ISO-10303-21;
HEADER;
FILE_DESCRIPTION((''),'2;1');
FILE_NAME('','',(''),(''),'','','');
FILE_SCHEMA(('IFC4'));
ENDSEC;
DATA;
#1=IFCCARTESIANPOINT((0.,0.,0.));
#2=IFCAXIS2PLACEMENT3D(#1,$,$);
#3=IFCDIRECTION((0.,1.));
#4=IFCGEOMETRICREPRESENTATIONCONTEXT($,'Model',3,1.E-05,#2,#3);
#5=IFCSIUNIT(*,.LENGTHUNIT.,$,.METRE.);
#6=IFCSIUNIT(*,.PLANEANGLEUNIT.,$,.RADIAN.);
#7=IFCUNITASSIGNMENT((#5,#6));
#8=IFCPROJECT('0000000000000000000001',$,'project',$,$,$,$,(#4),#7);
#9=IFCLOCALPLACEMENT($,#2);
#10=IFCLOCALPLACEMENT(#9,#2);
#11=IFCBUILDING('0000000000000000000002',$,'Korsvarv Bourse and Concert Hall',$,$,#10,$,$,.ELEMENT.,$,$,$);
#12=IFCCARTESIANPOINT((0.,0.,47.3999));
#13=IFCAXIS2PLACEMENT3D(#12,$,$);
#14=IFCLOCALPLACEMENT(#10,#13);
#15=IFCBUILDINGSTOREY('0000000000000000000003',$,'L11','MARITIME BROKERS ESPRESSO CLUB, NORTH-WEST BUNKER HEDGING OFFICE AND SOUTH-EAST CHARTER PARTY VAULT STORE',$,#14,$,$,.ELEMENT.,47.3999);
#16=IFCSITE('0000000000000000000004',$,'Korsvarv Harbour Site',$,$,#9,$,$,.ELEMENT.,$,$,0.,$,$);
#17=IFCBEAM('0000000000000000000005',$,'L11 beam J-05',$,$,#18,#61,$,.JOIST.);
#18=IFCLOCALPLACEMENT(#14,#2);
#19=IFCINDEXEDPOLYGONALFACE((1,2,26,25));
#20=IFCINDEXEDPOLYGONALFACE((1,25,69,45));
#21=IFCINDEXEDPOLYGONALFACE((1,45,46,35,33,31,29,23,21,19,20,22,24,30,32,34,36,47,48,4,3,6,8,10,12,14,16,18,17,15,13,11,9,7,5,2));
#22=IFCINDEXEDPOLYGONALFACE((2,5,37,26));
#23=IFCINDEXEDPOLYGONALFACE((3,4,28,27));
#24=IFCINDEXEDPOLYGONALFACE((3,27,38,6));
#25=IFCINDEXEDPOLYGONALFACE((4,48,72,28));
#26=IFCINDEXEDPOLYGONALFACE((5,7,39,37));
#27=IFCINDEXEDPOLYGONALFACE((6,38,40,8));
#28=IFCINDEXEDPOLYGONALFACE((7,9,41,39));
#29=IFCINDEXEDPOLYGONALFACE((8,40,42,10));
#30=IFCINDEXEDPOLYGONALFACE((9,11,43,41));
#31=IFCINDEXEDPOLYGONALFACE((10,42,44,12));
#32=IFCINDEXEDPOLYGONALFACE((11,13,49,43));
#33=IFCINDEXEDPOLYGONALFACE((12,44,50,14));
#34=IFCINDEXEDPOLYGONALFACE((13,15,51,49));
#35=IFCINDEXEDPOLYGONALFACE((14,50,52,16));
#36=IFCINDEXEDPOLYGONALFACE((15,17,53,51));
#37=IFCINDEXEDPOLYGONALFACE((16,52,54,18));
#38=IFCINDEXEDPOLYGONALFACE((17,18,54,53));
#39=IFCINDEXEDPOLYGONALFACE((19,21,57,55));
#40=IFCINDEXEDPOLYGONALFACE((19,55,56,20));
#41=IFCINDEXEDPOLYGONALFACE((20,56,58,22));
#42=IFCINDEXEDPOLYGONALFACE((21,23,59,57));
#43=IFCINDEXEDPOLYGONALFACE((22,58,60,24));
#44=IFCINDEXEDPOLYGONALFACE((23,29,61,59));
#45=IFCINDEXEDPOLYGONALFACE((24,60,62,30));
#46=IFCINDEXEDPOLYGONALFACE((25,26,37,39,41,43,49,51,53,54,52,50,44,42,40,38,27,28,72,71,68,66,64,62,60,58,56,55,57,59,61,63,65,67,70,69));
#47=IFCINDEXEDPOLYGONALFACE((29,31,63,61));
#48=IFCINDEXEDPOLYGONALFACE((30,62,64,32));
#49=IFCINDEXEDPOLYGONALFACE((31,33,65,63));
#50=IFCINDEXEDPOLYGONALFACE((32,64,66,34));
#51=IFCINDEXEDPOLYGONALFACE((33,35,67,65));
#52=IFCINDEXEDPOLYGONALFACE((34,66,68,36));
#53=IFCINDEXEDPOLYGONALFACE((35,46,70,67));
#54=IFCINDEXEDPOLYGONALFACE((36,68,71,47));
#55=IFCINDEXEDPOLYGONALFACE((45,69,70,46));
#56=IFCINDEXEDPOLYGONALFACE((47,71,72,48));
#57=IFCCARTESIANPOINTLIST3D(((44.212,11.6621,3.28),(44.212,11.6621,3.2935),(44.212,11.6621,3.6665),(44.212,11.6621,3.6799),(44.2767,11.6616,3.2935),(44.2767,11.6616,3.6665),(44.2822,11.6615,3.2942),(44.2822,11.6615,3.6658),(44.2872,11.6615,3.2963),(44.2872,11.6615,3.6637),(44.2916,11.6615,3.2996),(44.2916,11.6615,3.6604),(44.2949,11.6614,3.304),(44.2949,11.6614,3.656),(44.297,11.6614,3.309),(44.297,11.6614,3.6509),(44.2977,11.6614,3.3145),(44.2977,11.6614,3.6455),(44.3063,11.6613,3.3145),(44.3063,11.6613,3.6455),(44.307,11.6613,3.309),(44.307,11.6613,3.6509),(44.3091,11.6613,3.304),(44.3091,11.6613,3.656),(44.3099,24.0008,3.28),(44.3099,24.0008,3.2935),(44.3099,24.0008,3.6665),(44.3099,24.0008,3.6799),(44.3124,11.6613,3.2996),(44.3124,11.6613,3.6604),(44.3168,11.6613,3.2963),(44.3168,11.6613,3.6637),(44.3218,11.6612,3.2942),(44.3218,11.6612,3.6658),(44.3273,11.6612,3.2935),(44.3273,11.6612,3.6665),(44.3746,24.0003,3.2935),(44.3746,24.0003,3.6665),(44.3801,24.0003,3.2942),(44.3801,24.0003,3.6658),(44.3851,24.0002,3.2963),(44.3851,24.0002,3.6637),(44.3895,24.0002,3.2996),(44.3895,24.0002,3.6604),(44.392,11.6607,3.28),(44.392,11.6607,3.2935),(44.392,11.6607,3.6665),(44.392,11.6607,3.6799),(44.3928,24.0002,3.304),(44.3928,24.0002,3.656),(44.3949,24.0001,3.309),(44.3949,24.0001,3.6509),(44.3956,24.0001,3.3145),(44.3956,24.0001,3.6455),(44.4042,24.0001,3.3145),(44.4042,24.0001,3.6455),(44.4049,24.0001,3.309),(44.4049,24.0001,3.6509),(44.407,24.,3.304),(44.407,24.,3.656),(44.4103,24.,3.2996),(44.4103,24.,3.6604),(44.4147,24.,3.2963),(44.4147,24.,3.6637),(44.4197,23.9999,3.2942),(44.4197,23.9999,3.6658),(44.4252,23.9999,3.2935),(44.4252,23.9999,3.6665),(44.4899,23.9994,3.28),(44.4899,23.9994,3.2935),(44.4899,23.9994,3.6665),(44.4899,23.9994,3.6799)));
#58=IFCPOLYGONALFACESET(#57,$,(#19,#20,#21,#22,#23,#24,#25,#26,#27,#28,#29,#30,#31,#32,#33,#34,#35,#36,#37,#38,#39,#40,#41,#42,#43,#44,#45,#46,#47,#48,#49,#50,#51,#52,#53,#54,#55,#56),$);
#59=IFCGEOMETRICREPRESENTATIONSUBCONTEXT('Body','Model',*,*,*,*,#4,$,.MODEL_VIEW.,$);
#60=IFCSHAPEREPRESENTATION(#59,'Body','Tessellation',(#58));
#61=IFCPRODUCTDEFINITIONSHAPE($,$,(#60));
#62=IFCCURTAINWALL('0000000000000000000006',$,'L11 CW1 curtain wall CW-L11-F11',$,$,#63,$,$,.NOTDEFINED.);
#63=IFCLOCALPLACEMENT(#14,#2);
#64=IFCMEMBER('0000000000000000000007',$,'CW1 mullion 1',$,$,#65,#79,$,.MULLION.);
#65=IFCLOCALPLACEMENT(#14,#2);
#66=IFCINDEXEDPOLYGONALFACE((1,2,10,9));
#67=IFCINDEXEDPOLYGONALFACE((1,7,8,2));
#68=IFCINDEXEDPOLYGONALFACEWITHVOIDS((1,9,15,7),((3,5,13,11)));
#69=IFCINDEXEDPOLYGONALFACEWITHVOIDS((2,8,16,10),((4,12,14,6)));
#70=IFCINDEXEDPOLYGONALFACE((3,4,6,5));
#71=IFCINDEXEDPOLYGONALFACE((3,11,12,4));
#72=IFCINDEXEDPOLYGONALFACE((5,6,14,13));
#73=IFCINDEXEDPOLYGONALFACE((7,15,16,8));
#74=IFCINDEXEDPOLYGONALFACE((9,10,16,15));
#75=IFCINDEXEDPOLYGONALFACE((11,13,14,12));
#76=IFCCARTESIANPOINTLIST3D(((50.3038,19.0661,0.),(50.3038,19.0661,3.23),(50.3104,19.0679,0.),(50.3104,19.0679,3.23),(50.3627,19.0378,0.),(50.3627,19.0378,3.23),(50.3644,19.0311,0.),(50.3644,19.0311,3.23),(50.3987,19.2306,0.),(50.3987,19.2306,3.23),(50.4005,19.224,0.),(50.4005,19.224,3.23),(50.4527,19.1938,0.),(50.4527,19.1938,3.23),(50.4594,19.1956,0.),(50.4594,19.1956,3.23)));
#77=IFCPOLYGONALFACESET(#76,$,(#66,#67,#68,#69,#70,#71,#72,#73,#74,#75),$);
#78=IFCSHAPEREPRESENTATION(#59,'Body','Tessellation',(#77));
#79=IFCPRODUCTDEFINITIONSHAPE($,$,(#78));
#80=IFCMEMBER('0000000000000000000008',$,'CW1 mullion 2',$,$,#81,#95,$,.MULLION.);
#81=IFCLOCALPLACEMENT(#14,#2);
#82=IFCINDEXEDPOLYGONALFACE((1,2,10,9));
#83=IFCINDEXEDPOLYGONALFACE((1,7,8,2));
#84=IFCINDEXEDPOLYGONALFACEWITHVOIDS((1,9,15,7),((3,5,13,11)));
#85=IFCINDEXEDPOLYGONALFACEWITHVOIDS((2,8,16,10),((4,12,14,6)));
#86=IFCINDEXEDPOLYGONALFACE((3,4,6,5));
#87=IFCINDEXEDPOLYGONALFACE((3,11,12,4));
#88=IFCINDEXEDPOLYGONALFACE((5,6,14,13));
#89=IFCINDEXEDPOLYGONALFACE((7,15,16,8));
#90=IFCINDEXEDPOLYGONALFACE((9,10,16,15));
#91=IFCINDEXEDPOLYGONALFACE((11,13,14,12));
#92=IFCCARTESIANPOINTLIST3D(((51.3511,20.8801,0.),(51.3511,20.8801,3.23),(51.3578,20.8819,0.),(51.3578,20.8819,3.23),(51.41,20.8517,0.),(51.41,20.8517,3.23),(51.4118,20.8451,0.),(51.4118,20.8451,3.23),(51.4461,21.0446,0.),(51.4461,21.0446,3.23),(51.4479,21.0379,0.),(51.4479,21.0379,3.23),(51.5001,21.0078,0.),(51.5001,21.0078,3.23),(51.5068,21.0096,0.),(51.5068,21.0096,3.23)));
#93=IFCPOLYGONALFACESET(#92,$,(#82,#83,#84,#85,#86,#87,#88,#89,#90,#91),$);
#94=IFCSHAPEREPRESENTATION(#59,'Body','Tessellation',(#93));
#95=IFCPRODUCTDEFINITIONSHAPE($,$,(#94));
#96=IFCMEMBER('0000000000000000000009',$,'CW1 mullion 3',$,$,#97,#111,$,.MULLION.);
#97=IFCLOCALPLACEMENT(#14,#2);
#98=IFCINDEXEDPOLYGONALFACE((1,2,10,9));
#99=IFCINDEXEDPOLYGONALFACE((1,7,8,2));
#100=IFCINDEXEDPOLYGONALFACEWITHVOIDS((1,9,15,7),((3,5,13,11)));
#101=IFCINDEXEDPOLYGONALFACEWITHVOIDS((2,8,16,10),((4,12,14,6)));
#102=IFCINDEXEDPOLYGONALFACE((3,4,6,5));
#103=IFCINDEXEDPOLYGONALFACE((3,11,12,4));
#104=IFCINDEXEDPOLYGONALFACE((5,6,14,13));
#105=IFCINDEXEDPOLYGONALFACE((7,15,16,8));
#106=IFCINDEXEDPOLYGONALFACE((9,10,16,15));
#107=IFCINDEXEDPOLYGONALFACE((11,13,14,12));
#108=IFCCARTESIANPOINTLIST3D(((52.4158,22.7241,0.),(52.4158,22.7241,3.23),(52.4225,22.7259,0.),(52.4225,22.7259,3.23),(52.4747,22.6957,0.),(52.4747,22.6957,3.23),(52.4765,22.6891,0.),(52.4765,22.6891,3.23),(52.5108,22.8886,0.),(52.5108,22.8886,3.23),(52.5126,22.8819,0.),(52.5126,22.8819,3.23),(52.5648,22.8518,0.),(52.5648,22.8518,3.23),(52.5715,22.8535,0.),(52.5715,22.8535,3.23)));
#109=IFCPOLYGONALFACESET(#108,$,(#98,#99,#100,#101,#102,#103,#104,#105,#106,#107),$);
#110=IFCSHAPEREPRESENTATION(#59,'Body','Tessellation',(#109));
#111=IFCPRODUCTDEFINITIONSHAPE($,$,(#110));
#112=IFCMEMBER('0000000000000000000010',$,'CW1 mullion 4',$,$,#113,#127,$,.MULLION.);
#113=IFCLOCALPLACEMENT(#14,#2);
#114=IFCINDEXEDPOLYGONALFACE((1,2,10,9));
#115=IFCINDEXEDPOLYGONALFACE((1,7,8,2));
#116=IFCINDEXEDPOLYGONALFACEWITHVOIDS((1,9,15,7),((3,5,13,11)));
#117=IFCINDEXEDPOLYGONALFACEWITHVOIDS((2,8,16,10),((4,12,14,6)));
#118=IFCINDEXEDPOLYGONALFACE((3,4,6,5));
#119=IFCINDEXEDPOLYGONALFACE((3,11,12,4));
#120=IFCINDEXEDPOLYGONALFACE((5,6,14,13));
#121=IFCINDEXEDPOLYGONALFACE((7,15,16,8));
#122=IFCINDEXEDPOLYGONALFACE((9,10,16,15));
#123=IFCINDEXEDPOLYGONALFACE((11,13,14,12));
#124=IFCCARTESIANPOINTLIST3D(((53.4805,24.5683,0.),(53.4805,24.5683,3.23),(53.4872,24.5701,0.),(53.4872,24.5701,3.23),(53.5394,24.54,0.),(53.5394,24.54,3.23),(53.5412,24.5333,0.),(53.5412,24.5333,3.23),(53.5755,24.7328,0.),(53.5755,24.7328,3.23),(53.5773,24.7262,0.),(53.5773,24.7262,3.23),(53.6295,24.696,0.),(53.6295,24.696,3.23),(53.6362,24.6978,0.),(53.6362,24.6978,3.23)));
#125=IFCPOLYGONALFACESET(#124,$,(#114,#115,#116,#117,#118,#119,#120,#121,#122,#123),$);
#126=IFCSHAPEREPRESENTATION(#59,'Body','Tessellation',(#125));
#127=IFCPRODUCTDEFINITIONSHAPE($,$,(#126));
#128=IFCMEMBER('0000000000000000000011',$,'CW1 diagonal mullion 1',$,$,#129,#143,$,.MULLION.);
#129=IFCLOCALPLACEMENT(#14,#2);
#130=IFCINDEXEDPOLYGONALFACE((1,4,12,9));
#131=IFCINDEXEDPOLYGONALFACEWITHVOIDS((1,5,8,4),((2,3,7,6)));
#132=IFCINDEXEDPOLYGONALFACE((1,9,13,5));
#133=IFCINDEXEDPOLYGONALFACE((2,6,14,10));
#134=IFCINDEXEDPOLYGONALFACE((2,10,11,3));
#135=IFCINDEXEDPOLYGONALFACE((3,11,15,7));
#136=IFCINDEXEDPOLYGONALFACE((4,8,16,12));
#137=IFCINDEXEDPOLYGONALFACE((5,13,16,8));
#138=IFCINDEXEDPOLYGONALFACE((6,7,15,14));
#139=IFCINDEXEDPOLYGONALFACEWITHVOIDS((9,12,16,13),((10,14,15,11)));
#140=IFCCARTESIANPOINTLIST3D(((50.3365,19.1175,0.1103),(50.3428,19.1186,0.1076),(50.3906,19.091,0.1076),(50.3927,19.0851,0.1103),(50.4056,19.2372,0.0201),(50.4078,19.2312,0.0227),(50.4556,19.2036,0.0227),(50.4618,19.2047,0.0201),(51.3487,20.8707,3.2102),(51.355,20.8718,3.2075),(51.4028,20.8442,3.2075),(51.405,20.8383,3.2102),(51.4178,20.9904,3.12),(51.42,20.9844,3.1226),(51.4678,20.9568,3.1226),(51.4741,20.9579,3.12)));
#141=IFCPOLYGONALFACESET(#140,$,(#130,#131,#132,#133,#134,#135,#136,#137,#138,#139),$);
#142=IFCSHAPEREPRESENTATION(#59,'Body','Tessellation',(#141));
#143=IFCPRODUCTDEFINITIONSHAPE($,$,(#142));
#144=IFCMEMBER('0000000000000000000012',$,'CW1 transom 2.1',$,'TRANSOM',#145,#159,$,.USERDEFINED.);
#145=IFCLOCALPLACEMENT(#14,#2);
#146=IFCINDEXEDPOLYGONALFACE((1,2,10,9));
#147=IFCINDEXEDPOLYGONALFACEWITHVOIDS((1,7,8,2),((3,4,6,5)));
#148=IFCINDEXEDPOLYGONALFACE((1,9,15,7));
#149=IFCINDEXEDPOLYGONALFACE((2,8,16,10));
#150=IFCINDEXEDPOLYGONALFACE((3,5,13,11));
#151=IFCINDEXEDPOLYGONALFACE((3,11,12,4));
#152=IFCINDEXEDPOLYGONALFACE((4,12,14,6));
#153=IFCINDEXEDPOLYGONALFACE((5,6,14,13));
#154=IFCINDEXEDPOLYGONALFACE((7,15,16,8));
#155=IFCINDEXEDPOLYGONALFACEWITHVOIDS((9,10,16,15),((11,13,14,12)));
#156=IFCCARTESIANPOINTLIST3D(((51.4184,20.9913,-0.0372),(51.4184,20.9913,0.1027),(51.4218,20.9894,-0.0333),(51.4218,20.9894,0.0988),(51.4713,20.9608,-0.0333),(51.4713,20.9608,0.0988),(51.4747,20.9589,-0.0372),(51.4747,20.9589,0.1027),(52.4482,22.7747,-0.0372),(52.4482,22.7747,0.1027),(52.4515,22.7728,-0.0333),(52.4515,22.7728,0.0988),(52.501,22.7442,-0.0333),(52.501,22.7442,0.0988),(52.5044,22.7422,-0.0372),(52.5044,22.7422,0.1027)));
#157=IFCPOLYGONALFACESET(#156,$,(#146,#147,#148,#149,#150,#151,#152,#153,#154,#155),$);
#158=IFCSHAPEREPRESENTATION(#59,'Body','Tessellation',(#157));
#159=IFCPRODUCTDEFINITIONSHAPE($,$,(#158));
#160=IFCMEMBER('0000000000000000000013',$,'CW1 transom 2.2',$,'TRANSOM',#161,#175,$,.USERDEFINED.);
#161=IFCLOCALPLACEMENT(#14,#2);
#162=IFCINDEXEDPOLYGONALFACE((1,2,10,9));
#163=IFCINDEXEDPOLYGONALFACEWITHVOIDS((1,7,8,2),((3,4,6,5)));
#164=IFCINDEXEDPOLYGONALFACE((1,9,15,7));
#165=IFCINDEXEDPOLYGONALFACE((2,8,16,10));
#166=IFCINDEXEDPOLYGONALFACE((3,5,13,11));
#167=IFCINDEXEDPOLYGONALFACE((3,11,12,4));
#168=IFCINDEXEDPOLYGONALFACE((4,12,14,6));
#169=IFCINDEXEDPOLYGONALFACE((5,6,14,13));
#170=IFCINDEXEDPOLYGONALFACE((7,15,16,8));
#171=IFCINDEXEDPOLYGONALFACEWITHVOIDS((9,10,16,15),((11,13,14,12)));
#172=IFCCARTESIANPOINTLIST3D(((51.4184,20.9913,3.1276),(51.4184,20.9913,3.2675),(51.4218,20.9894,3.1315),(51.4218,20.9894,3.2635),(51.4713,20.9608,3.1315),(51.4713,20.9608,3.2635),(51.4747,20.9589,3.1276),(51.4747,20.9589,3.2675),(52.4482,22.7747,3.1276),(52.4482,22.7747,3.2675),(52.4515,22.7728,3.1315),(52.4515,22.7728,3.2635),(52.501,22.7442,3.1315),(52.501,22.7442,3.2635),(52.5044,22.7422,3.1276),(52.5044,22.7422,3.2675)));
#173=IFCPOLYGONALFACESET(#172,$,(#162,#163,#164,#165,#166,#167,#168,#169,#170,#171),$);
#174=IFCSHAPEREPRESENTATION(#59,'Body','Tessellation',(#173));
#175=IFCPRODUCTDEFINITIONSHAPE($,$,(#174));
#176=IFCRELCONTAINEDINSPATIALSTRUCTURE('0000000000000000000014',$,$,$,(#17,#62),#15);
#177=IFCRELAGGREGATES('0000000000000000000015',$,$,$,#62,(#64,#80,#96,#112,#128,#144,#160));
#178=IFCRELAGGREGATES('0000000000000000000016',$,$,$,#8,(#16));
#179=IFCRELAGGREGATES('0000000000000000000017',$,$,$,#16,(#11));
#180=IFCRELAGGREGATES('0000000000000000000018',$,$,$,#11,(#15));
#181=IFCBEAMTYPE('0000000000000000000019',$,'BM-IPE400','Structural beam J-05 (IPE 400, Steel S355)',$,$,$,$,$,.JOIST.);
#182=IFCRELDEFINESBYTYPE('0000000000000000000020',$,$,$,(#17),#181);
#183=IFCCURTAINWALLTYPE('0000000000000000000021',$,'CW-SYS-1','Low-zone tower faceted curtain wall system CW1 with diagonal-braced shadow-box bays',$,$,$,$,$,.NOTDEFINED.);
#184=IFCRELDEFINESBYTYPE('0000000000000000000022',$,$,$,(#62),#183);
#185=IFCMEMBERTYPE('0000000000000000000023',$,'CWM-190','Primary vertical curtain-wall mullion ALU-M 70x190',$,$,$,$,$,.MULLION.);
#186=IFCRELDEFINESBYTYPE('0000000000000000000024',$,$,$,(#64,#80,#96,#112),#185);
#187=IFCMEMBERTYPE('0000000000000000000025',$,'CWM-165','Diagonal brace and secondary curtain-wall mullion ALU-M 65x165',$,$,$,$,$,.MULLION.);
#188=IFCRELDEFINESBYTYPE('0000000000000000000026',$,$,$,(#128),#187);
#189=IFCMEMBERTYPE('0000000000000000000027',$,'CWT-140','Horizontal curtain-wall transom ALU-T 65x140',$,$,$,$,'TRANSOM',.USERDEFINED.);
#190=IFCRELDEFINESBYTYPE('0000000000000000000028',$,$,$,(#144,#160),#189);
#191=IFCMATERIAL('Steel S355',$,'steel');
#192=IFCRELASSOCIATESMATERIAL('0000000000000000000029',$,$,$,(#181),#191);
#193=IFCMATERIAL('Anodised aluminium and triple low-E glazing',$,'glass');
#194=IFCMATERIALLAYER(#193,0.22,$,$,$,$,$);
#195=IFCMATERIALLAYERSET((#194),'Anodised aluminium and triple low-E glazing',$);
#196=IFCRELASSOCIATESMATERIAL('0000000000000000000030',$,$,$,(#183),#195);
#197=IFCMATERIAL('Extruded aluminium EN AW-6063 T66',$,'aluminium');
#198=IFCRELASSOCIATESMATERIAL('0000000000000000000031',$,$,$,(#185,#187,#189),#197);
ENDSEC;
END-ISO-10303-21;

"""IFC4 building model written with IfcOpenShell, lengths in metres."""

from ifc_helpers import new_model, si_unit, direction, frame, origin, origin_2d, place, context, subcontext, project, spatial, hollow_rectangle, i_section, extrude, source, transform, mapped, material, layer, layer_set, material_profile, profile_set, type_object, element, aggregate, save


model = new_model("IFC4")

# Units and contexts
model_context = context("Model", 3, precision=1e-05, world=origin(), true_north=direction((0.0, 1.0)))
body_context = subcontext(model_context, "Body", "Model", "MODEL_VIEW")
ifc_project = project(units=[si_unit("LENGTHUNIT", "METRE"), si_unit("PLANEANGLEUNIT", "RADIAN")], contexts=[model_context])

# Site, building, storey
site_placement = place(None, origin())
site = spatial("IfcSite", under=ifc_project, at=site_placement, Name="Korsvarv Harbour Site", CompositionType="ELEMENT", RefElevation=0.0)
building_placement = place(site_placement, origin())
building = spatial("IfcBuilding", under=site, at=building_placement, Name="Korsvarv Bourse and Concert Hall", CompositionType="ELEMENT")
storey_placement = place(building_placement, frame((0.0, 0.0, 47.3999)))
storey = spatial("IfcBuildingStorey", under=building, at=storey_placement, Name="L11", Description="MARITIME BROKERS ESPRESSO CLUB, NORTH-WEST BUNKER HEDGING OFFICE AND SOUTH-EAST CHARTER PARTY VAULT STORE", CompositionType="ELEMENT", Elevation=47.3999)

# Beam
ifc_material_1 = material(Name="Steel S355", Category="steel")
ifc_material_profile_1 = material_profile(ifc_material_1, i_section(OverallWidth=0.1799, OverallDepth=0.3999, WebThickness=0.0085, FlangeThickness=0.0134, FilletRadius=0.021, at=origin_2d()), Name="IPE 400")
ifc_profile_set_1 = profile_set([ifc_material_profile_1], Name="Steel S355")
beam_type_1 = type_object("IfcBeamType", Name="BM-IPE400", Description="Structural beam J-05 (IPE 400, Steel S355)", PredefinedType="JOIST", material=ifc_profile_set_1)
shared_shape_1 = source(origin(), body_context, "Body", "SweptSolid", [
    extrude(i_section(OverallWidth=0.1799, OverallDepth=0.3999, WebThickness=0.0085, FlangeThickness=0.0134, FilletRadius=0.021, at=origin_2d()), origin(), (0.0, 0.0, 1.0), 12.3391),
])
beam_1_placement = place(storey_placement, frame((44.302, 11.6614, 3.48), z_axis=(0.007934, 0.999969, 0.0), x_axis=(-0.999969, 0.007934, 0.0)))
element("IfcBeam", 1, at=beam_1_placement, inside=storey, type_object=beam_type_1, Name="L11 beam J-05", PredefinedType="JOIST", context=body_context, shape_type="MappedRepresentation", body=[
    mapped(shared_shape_1, transform((0.0, 0.0, 0.0), scale=1.0)),
])

# Curtain wall, members
ifc_material_2 = material(Name="Anodised aluminium and triple low-E glazing", Category="glass")
ifc_layer_1 = layer(ifc_material_2, 0.22)
ifc_layer_set_1 = layer_set([ifc_layer_1], Name="Anodised aluminium and triple low-E glazing")
curtain_wall_type = type_object("IfcCurtainWallType", Name="CW-SYS-1", Description="Low-zone tower faceted curtain wall system CW1 with diagonal-braced shadow-box bays", PredefinedType="NOTDEFINED", material=ifc_layer_set_1)
curtain_wall_placement = place(storey_placement, origin())
curtain_wall = element("IfcCurtainWall", 2, at=curtain_wall_placement, inside=storey, type_object=curtain_wall_type, Name="L11 CW1 curtain wall CW-L11-F11", PredefinedType="NOTDEFINED")
ifc_material_3 = material(Name="Extruded aluminium EN AW-6063 T66", Category="aluminium")
ifc_material_profile_2 = material_profile(ifc_material_3, hollow_rectangle(XDim=0.0701, YDim=0.1899, WallThickness=0.0049, at=origin_2d()), Name="ALU-M 70x190")
ifc_profile_set_2 = profile_set([ifc_material_profile_2], Name="Extruded aluminium EN AW-6063 T66")
member_type_1 = type_object("IfcMemberType", Name="CWM-190", Description="Primary vertical curtain-wall mullion ALU-M 70x190", PredefinedType="MULLION", material=ifc_profile_set_2)
shared_shape_2 = source(origin(), body_context, "Body", "SweptSolid", [
    extrude(hollow_rectangle(XDim=0.0701, YDim=0.1899, WallThickness=0.0049, at=origin_2d()), origin(), (0.0, 0.0, 1.0), 3.23),
])
member_1_placement = place(storey_placement, frame((50.3816, 19.1309, 0.0), z_axis=(0.0, 0.0, 1.0), x_axis=(-0.866025, 0.5, 0.0)))
member_1 = element("IfcMember", 3, at=member_1_placement, type_object=member_type_1, Name="CW1 mullion 1", PredefinedType="MULLION", context=body_context, shape_type="MappedRepresentation", body=[
    mapped(shared_shape_2, transform((0.0, 0.0, 0.0), scale=1.0)),
])
member_2_placement = place(storey_placement, frame((51.429, 20.9448, 0.0), z_axis=(0.0, 0.0, 1.0), x_axis=(-0.866025, 0.5, 0.0)))
member_2 = element("IfcMember", 4, at=member_2_placement, type_object=member_type_1, Name="CW1 mullion 2", PredefinedType="MULLION", context=body_context, shape_type="MappedRepresentation", body=[
    mapped(shared_shape_2, transform((0.0, 0.0, 0.0), scale=1.0)),
])
member_3_placement = place(storey_placement, frame((52.4937, 22.7888, 0.0), z_axis=(0.0, 0.0, 1.0), x_axis=(-0.866025, 0.5, 0.0)))
member_3 = element("IfcMember", 5, at=member_3_placement, type_object=member_type_1, Name="CW1 mullion 3", PredefinedType="MULLION", context=body_context, shape_type="MappedRepresentation", body=[
    mapped(shared_shape_2, transform((0.0, 0.0, 0.0), scale=1.0)),
])
member_4_placement = place(storey_placement, frame((53.5583, 24.6331, 0.0), z_axis=(0.0, 0.0, 1.0), x_axis=(-0.866025, 0.5, 0.0)))
member_4 = element("IfcMember", 6, at=member_4_placement, type_object=member_type_1, Name="CW1 mullion 4", PredefinedType="MULLION", context=body_context, shape_type="MappedRepresentation", body=[
    mapped(shared_shape_2, transform((0.0, 0.0, 0.0), scale=1.0)),
])
ifc_material_profile_3 = material_profile(ifc_material_3, hollow_rectangle(XDim=0.0649, YDim=0.165, WallThickness=0.0049, at=origin_2d()), Name="ALU-M 65x165")
ifc_profile_set_3 = profile_set([ifc_material_profile_3], Name="Extruded aluminium EN AW-6063 T66")
member_type_2 = type_object("IfcMemberType", Name="CWM-165", Description="Diagonal brace and secondary curtain-wall mullion ALU-M 65x165", PredefinedType="MULLION", material=ifc_profile_set_3)
shared_shape_3 = source(origin(), body_context, "Body", "SweptSolid", [
    extrude(hollow_rectangle(XDim=0.0649, YDim=0.165, WallThickness=0.0049, at=origin_2d()), origin(), (0.0, 0.0, 1.0), 3.7024),
])
member_5_placement = place(storey_placement, frame((50.3992, 19.1611, 0.0652), z_axis=(0.273397, 0.473532, 0.83727), x_axis=(-0.866023, 0.500004, 0.0)))
member_5 = element("IfcMember", 7, at=member_5_placement, type_object=member_type_2, Name="CW1 diagonal mullion 1", PredefinedType="MULLION", context=body_context, shape_type="MappedRepresentation", body=[
    mapped(shared_shape_3, transform((0.0, 0.0, 0.0), scale=1.0)),
])
ifc_material_profile_4 = material_profile(ifc_material_3, hollow_rectangle(XDim=0.0649, YDim=0.1399, WallThickness=0.0039, at=origin_2d()), Name="ALU-T 65x140")
ifc_profile_set_4 = profile_set([ifc_material_profile_4], Name="Extruded aluminium EN AW-6063 T66")
member_type_3 = type_object("IfcMemberType", Name="CWT-140", Description="Horizontal curtain-wall transom ALU-T 65x140", ElementType="TRANSOM", PredefinedType="USERDEFINED", material=ifc_profile_set_4)
shared_shape_4 = source(origin(), body_context, "Body", "SweptSolid", [
    extrude(hollow_rectangle(XDim=0.0649, YDim=0.1399, WallThickness=0.0039, at=origin_2d()), origin(), (0.0, 0.0, 1.0), 2.0593),
])
member_6_placement = place(storey_placement, frame((51.4465, 20.9751, 0.0327), z_axis=(0.500041, 0.866002, 0.0), x_axis=(-0.866002, 0.500041, 0.0)))
member_6 = element("IfcMember", 8, at=member_6_placement, type_object=member_type_3, Name="CW1 transom 2.1", ObjectType="TRANSOM", PredefinedType="USERDEFINED", context=body_context, shape_type="MappedRepresentation", body=[
    mapped(shared_shape_4, transform((0.0, 0.0, 0.0), scale=1.0)),
])
member_7_placement = place(storey_placement, frame((51.4465, 20.9751, 3.1975), z_axis=(0.500041, 0.866002, 0.0), x_axis=(-0.866002, 0.500041, 0.0)))
member_7 = element("IfcMember", 9, at=member_7_placement, type_object=member_type_3, Name="CW1 transom 2.2", ObjectType="TRANSOM", PredefinedType="USERDEFINED", context=body_context, shape_type="MappedRepresentation", body=[
    mapped(shared_shape_4, transform((0.0, 0.0, 0.0), scale=1.0)),
])
aggregate(curtain_wall, [member_1, member_2, member_3, member_4, member_5, member_6, member_7])

save(model, "model.ifc")
